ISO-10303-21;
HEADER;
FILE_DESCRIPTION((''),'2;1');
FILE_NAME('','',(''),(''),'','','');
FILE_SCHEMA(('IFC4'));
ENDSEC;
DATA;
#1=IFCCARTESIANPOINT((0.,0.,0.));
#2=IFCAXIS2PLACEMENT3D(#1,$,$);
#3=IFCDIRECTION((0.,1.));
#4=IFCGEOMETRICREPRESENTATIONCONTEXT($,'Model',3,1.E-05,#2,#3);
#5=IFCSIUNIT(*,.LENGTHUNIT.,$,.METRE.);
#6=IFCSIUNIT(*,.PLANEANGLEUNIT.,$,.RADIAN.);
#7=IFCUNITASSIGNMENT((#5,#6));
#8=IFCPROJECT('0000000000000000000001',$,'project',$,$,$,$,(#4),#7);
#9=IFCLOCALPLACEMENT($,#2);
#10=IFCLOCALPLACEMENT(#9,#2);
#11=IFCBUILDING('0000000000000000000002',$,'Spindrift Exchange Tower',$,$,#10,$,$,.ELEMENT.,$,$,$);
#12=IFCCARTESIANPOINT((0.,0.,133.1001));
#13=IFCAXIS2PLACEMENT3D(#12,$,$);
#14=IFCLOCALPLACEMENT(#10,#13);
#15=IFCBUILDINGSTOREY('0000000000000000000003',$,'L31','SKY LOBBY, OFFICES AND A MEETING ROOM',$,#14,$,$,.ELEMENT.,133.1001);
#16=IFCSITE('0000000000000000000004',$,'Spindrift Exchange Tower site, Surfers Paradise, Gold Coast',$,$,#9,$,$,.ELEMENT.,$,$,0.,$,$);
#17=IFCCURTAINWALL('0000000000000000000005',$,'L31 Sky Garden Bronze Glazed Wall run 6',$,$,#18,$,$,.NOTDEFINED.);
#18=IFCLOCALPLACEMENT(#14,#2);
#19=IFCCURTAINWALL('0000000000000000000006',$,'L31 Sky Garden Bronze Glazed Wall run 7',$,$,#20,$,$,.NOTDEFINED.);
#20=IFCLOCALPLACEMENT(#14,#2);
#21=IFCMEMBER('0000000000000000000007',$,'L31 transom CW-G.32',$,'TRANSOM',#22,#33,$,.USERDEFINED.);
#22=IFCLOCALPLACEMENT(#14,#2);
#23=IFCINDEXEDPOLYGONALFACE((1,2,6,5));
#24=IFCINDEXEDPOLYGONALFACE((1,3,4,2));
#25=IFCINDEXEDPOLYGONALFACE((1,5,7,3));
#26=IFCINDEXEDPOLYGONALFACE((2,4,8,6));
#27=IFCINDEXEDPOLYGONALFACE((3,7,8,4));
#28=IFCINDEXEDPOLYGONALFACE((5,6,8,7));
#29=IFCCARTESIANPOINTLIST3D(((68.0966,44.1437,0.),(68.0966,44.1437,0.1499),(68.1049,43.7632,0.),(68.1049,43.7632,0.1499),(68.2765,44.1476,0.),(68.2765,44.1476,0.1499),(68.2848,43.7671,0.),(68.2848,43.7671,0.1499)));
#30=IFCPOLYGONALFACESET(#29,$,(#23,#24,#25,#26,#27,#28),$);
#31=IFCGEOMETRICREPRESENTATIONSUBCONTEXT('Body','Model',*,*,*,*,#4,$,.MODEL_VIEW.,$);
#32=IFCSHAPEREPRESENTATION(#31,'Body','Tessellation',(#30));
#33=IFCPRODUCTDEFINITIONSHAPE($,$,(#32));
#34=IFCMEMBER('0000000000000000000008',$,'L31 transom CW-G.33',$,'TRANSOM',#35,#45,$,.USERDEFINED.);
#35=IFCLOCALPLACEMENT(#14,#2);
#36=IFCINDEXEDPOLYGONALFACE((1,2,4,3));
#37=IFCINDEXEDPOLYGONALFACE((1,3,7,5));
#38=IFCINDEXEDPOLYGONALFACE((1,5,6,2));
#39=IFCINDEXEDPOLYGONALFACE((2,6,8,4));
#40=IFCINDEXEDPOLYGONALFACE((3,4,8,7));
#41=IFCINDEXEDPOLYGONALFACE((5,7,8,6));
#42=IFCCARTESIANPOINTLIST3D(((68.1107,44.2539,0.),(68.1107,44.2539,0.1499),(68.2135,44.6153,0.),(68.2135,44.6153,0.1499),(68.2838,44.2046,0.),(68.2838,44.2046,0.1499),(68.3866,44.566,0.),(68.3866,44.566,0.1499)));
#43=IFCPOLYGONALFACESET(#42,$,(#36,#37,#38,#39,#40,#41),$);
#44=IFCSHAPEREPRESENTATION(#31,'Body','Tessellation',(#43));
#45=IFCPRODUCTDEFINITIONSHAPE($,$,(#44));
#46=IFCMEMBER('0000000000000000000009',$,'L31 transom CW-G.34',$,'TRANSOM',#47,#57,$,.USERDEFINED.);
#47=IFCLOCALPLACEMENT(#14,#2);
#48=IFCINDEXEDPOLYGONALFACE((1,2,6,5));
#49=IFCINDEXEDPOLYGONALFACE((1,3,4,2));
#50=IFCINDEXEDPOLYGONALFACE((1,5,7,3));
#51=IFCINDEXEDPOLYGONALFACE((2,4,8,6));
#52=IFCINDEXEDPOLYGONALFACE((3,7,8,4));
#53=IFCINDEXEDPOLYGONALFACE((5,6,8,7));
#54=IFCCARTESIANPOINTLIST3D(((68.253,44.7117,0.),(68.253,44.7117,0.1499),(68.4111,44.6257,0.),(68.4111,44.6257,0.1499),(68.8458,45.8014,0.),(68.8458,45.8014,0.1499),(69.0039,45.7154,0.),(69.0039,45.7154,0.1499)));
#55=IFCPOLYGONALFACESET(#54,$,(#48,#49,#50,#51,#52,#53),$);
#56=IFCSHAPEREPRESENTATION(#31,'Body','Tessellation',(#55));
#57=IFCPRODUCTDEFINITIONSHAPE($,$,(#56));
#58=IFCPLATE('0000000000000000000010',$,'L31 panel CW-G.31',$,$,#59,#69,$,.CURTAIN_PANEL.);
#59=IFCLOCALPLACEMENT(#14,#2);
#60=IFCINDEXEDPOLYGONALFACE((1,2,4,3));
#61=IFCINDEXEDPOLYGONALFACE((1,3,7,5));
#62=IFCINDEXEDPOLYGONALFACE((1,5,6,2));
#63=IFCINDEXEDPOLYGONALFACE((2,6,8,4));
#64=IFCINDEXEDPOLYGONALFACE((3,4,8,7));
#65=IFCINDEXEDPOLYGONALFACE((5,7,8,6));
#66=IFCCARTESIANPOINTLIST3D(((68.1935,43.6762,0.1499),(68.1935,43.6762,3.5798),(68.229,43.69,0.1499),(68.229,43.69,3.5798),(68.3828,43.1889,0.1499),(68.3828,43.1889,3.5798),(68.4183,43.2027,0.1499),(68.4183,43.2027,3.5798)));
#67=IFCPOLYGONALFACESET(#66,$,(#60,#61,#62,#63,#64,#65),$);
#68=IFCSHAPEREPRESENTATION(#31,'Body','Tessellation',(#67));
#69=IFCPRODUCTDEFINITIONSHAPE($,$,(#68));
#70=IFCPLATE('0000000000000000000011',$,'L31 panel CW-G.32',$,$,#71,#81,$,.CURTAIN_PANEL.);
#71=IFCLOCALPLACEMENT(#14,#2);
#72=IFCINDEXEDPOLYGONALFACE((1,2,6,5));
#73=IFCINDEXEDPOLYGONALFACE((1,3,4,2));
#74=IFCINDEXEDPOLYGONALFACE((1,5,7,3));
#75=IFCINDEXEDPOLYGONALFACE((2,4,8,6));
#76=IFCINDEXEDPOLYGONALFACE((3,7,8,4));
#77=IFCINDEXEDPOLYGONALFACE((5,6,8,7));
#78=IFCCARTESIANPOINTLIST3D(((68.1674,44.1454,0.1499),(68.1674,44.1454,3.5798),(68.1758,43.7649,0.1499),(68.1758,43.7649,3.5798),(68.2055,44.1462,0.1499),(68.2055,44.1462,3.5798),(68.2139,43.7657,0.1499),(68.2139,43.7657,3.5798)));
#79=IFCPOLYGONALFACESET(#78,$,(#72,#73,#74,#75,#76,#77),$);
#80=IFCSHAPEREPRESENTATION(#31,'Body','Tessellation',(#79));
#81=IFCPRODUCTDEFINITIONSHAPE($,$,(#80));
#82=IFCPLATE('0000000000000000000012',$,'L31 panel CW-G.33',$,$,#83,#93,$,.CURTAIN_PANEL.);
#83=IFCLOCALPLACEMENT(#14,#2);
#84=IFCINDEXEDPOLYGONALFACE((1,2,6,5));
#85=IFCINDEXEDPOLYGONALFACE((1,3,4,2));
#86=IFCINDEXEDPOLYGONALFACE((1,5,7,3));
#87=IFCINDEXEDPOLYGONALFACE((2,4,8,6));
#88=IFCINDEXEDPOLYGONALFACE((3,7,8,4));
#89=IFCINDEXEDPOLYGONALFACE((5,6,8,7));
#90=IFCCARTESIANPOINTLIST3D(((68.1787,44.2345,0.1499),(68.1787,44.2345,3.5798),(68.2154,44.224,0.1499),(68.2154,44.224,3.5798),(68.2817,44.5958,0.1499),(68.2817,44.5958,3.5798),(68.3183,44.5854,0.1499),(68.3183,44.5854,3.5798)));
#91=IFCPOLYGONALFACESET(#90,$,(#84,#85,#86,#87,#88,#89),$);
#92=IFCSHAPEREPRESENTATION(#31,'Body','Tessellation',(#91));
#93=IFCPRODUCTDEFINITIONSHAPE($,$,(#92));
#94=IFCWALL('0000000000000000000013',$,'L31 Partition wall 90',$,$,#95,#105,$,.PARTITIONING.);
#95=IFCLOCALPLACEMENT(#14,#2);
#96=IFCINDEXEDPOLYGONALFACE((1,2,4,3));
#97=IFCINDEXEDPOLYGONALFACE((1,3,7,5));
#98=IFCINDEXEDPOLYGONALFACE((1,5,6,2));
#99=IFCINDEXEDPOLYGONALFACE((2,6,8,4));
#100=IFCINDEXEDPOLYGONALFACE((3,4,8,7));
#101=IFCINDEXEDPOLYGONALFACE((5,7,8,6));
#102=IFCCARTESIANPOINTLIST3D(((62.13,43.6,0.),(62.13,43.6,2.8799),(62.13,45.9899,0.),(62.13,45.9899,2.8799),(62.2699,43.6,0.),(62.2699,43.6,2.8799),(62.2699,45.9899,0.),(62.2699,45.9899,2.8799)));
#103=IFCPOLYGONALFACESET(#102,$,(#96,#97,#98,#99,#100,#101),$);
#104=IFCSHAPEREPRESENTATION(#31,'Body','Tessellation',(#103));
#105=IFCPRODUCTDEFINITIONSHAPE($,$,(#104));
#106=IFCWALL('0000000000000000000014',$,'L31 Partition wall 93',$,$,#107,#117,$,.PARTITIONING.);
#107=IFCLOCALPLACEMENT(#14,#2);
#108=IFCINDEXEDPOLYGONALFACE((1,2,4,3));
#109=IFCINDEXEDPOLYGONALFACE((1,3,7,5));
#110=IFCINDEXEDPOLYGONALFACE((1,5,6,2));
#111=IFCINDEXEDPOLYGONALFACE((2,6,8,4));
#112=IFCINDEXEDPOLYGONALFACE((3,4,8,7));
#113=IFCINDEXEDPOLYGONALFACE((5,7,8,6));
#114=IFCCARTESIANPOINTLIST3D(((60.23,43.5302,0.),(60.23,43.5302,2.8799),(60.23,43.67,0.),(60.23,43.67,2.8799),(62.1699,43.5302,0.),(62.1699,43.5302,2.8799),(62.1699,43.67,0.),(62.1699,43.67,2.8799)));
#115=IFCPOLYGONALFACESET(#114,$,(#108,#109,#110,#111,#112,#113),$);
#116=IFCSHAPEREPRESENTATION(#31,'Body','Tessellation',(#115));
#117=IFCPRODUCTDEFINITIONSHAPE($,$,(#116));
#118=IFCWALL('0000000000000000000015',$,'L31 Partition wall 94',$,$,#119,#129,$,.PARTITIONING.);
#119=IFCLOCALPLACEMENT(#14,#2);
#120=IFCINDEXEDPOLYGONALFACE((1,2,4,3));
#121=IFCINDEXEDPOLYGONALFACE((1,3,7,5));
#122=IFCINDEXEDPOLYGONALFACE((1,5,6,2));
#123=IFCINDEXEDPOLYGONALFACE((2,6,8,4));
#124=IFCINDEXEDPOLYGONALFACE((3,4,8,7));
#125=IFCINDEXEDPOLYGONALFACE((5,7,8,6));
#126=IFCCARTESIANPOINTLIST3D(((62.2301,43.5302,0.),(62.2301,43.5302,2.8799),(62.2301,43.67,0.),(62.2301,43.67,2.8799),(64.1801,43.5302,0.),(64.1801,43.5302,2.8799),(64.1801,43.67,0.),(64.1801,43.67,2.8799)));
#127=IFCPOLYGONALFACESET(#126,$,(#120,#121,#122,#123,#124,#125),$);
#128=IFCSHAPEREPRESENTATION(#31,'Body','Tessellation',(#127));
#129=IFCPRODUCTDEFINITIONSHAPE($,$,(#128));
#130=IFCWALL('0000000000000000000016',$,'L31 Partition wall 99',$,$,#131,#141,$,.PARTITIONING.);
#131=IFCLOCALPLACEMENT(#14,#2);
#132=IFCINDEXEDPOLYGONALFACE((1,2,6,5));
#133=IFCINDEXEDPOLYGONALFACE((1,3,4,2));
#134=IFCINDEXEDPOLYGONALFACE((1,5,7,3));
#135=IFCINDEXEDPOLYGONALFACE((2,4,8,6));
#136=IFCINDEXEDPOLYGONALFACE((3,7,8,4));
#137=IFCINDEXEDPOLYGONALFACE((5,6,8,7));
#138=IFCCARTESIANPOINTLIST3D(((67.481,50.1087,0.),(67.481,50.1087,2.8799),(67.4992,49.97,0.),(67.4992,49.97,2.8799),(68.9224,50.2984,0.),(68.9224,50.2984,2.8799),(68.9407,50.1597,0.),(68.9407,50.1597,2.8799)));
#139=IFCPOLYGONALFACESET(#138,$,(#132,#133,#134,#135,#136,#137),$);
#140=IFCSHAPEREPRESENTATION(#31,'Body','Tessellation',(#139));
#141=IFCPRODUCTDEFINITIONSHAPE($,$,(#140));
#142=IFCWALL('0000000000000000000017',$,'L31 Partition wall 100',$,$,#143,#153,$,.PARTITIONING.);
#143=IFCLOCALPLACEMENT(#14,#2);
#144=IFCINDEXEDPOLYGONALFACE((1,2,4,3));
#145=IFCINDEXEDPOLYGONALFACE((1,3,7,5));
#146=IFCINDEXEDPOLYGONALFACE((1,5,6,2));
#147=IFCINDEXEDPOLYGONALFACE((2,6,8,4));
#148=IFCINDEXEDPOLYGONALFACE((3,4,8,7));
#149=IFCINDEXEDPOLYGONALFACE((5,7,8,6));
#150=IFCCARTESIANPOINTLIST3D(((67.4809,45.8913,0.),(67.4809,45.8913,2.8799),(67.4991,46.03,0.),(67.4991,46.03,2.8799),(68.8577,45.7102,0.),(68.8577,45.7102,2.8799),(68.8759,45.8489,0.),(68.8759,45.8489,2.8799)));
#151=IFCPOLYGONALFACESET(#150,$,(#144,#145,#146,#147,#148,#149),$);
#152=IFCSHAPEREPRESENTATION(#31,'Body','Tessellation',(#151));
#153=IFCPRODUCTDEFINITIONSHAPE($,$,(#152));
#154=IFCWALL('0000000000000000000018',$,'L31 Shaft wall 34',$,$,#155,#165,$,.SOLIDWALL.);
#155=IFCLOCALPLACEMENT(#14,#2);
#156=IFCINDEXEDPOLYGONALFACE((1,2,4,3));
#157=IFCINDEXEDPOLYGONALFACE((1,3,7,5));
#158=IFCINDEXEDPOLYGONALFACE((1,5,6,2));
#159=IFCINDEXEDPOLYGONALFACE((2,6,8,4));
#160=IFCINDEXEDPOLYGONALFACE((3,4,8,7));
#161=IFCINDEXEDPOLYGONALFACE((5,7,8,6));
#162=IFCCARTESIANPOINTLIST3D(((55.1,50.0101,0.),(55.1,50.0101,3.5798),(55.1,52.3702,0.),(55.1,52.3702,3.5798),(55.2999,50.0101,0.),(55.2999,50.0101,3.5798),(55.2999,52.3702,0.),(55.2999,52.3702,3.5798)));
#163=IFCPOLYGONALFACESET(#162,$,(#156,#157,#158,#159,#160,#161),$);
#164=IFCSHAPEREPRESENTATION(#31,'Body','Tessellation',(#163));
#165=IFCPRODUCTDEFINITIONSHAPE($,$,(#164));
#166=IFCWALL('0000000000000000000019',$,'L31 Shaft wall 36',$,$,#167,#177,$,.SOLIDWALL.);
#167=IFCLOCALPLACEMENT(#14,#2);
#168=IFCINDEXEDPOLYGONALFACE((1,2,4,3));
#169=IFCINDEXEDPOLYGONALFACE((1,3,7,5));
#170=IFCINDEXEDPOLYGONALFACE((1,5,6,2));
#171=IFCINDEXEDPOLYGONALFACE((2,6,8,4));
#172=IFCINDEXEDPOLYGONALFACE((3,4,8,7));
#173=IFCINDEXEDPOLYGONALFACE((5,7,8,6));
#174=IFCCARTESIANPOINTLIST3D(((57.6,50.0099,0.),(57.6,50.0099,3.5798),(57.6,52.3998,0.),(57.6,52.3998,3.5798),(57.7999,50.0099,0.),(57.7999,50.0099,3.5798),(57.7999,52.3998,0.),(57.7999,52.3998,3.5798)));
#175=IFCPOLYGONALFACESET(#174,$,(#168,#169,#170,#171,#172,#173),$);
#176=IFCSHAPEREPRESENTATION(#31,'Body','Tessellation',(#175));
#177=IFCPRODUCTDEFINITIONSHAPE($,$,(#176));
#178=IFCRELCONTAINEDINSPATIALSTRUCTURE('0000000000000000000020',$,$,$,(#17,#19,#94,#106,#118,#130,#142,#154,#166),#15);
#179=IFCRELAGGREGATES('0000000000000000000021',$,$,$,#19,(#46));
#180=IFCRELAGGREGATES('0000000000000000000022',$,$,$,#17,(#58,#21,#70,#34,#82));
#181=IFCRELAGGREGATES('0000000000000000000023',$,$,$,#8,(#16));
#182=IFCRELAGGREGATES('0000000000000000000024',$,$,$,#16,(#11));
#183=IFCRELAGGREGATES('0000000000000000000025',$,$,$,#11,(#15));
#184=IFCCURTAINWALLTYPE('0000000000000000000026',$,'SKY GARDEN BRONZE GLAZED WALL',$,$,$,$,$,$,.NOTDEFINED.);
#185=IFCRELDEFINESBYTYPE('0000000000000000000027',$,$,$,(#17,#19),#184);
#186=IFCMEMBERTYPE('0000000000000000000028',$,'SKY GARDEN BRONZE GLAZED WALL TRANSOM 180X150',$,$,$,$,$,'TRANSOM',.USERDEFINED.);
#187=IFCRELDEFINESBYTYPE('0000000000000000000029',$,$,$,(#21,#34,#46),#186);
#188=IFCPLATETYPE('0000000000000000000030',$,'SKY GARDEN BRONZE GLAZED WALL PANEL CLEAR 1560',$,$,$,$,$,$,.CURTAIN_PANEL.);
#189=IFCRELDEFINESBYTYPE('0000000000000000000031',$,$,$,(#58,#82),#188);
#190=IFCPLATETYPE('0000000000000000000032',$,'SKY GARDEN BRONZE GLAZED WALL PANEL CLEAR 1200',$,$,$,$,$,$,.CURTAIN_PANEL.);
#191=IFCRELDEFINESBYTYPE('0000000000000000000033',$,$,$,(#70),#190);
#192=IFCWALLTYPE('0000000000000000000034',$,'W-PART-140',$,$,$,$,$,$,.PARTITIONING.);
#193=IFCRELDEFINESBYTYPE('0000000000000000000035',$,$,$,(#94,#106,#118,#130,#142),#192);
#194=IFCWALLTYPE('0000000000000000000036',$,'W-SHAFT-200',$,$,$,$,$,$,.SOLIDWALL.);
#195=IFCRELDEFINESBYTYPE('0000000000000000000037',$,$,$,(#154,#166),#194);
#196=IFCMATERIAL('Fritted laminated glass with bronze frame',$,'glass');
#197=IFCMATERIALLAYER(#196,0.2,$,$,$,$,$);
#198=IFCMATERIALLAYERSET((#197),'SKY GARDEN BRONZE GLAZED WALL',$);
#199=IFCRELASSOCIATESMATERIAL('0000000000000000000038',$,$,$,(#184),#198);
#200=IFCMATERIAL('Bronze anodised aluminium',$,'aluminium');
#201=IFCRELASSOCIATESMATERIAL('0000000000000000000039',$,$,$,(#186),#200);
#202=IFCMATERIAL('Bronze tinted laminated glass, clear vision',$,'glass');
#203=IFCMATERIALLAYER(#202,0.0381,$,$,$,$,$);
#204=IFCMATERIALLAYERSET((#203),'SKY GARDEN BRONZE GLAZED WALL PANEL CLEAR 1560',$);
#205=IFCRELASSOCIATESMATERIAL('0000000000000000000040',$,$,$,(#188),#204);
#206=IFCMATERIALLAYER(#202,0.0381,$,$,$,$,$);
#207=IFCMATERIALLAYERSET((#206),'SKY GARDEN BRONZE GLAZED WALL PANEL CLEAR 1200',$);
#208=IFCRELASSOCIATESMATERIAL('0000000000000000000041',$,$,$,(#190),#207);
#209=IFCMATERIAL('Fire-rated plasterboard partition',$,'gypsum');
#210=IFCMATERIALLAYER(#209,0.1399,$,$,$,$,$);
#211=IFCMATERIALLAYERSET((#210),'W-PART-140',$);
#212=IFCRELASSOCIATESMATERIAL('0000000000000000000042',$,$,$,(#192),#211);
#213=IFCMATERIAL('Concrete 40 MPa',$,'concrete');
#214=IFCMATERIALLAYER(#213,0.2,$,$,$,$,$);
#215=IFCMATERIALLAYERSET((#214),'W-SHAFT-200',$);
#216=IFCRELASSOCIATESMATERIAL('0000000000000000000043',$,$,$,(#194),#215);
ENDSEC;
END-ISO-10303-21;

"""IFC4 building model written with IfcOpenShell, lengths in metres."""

from ifc_helpers import new_model, si_unit, direction, frame, frame_2d, origin, origin_2d, place, context, subcontext, project, spatial, rectangle, extrude, source, transform, mapped, material, layer, layer_set, material_profile, profile_set, type_object, element, aggregate, save


model = new_model("IFC4")

# Units and contexts
model_context = context("Model", 3, precision=1e-05, world=origin(), true_north=direction((0.0, 1.0)))
body_context = subcontext(model_context, "Body", "Model", "MODEL_VIEW")
ifc_project = project(units=[si_unit("LENGTHUNIT", "METRE"), si_unit("PLANEANGLEUNIT", "RADIAN")], contexts=[model_context])

# Site, building, storey
site_placement = place(None, origin())
site = spatial("IfcSite", under=ifc_project, at=site_placement, Name="Spindrift Exchange Tower site, Surfers Paradise, Gold Coast", CompositionType="ELEMENT", RefElevation=0.0)
building_placement = place(site_placement, origin())
building = spatial("IfcBuilding", under=site, at=building_placement, Name="Spindrift Exchange Tower", CompositionType="ELEMENT")
storey_placement = place(building_placement, frame((0.0, 0.0, 133.1001)))
storey = spatial("IfcBuildingStorey", under=building, at=storey_placement, Name="L31", Description="SKY LOBBY, OFFICES AND A MEETING ROOM", CompositionType="ELEMENT", Elevation=133.1001)

# Curtain wall
ifc_material_1 = material(Name="Fritted laminated glass with bronze frame", Category="glass")
ifc_layer_1 = layer(ifc_material_1, 0.2)
ifc_layer_set_1 = layer_set([ifc_layer_1], Name="SKY GARDEN BRONZE GLAZED WALL")
curtain_wall_type = type_object("IfcCurtainWallType", Name="SKY GARDEN BRONZE GLAZED WALL", PredefinedType="NOTDEFINED", material=ifc_layer_set_1)
curtain_wall_1_placement = place(storey_placement, origin())
curtain_wall_1 = element("IfcCurtainWall", 1, at=curtain_wall_1_placement, inside=storey, type_object=curtain_wall_type, Name="L31 Sky Garden Bronze Glazed Wall run 6", PredefinedType="NOTDEFINED")
ifc_material_2 = material(Name="Bronze anodised aluminium", Category="aluminium")

# Curtain wall
curtain_wall_2_placement = place(storey_placement, origin())
curtain_wall_2 = element("IfcCurtainWall", 2, at=curtain_wall_2_placement, inside=storey, type_object=curtain_wall_type, Name="L31 Sky Garden Bronze Glazed Wall run 7", PredefinedType="NOTDEFINED")

# Members
ifc_material_profile_1 = material_profile(ifc_material_2, rectangle(XDim=0.1799, YDim=0.1499, at=origin_2d()), Name="SKY GARDEN BRONZE GLAZED WALL TRANSOM 180X150")
ifc_profile_set_1 = profile_set([ifc_material_profile_1], Name="Bronze anodised aluminium")
member_type_1 = type_object("IfcMemberType", Name="SKY GARDEN BRONZE GLAZED WALL TRANSOM 180X150", ElementType="TRANSOM", PredefinedType="USERDEFINED", material=ifc_profile_set_1)
shared_shape_1 = source(origin(), body_context, "Body", "SweptSolid", [
    extrude(rectangle(XDim=0.1799, YDim=0.1499, at=origin_2d()), origin(), (0.0, 0.0, 1.0), 0.3806),
])
member_1_placement = place(storey_placement, frame((68.1948, 43.7651, 0.075), z_axis=(-0.021804, 0.999762, 0.0), x_axis=(-0.999762, -0.021804, 0.0)))
member_1 = element("IfcMember", 3, at=member_1_placement, type_object=member_type_1, Name="L31 transom CW-G.32", ObjectType="TRANSOM", PredefinedType="USERDEFINED", context=body_context, shape_type="MappedRepresentation", body=[
    mapped(shared_shape_1, transform((0.0, 0.0, 0.0), scale=1.0)),
])
shared_shape_2 = source(origin(), body_context, "Body", "SweptSolid", [
    extrude(rectangle(XDim=0.1799, YDim=0.1499, at=origin_2d()), origin(), (0.0, 0.0, 1.0), 0.3757),
])
member_2_placement = place(storey_placement, frame((68.1973, 44.2292, 0.075), z_axis=(0.273605, 0.961842, 0.0), x_axis=(-0.961842, 0.273605, 0.0)))
member_2 = element("IfcMember", 4, at=member_2_placement, type_object=member_type_1, Name="L31 transom CW-G.33", ObjectType="TRANSOM", PredefinedType="USERDEFINED", context=body_context, shape_type="MappedRepresentation", body=[
    mapped(shared_shape_2, transform((0.0, 0.0, 0.0), scale=1.0)),
])
shared_shape_3 = source(origin(), body_context, "Body", "SweptSolid", [
    extrude(rectangle(XDim=0.1799, YDim=0.1499, at=origin_2d()), origin(), (0.0, 0.0, 1.0), 1.2405),
])
member_3_placement = place(storey_placement, frame((68.332, 44.6687, 0.075), z_axis=(0.477887, 0.878422, 0.0), x_axis=(-0.878422, 0.477887, 0.0)))
member_3 = element("IfcMember", 5, at=member_3_placement, type_object=member_type_1, Name="L31 transom CW-G.34", ObjectType="TRANSOM", PredefinedType="USERDEFINED", context=body_context, shape_type="MappedRepresentation", body=[
    mapped(shared_shape_3, transform((0.0, 0.0, 0.0), scale=1.0)),
])
aggregate(curtain_wall_2, [member_3])

# Plates
ifc_material_3 = material(Name="Bronze tinted laminated glass, clear vision", Category="glass")
ifc_layer_2 = layer(ifc_material_3, 0.0381)
ifc_layer_set_2 = layer_set([ifc_layer_2], Name="SKY GARDEN BRONZE GLAZED WALL PANEL CLEAR 1560")
plate_type_1 = type_object("IfcPlateType", Name="SKY GARDEN BRONZE GLAZED WALL PANEL CLEAR 1560", PredefinedType="CURTAIN_PANEL", material=ifc_layer_set_2)
shared_shape_4 = source(origin(), body_context, "Body", "SweptSolid", [
    extrude(rectangle(XDim=0.5227, YDim=0.0381, at=origin_2d()), origin(), (0.0, 0.0, 1.0), 3.4299),
])
plate_1_placement = place(storey_placement, frame((68.3059, 43.4395, 0.1499), z_axis=(0.0, 0.0, 1.0), x_axis=(-0.36201, 0.932174, 0.0)))
plate_1 = element("IfcPlate", 6, at=plate_1_placement, type_object=plate_type_1, Name="L31 panel CW-G.31", PredefinedType="CURTAIN_PANEL", context=body_context, shape_type="MappedRepresentation", body=[
    mapped(shared_shape_4, transform((0.0, 0.0, 0.0), scale=1.0)),
])
ifc_layer_3 = layer(ifc_material_3, 0.0381)
ifc_layer_set_3 = layer_set([ifc_layer_3], Name="SKY GARDEN BRONZE GLAZED WALL PANEL CLEAR 1200")
plate_type_2 = type_object("IfcPlateType", Name="SKY GARDEN BRONZE GLAZED WALL PANEL CLEAR 1200", PredefinedType="CURTAIN_PANEL", material=ifc_layer_set_3)
shared_shape_5 = source(origin(), body_context, "Body", "SweptSolid", [
    extrude(rectangle(XDim=0.3806, YDim=0.0381, at=origin_2d()), origin(), (0.0, 0.0, 1.0), 3.4299),
])
plate_2_placement = place(storey_placement, frame((68.1907, 43.9556, 0.1499), z_axis=(0.0, 0.0, 1.0), x_axis=(-0.022117, 0.999755, 0.0)))
plate_2 = element("IfcPlate", 7, at=plate_2_placement, type_object=plate_type_2, Name="L31 panel CW-G.32", PredefinedType="CURTAIN_PANEL", context=body_context, shape_type="MappedRepresentation", body=[
    mapped(shared_shape_5, transform((0.0, 0.0, 0.0), scale=1.0)),
])
shared_shape_6 = source(origin(), body_context, "Body", "SweptSolid", [
    extrude(rectangle(XDim=0.3757, YDim=0.0381, at=origin_2d()), origin(), (0.0, 0.0, 1.0), 3.4299),
])
plate_3_placement = place(storey_placement, frame((68.2485, 44.4099, 0.1499), z_axis=(0.0, 0.0, 1.0), x_axis=(0.274119, 0.961696, 0.0)))
plate_3 = element("IfcPlate", 8, at=plate_3_placement, type_object=plate_type_1, Name="L31 panel CW-G.33", PredefinedType="CURTAIN_PANEL", context=body_context, shape_type="MappedRepresentation", body=[
    mapped(shared_shape_6, transform((0.0, 0.0, 0.0), scale=1.0)),
])
aggregate(curtain_wall_1, [plate_1, member_1, plate_2, member_2, plate_3])

# Walls
ifc_material_4 = material(Name="Fire-rated plasterboard partition", Category="gypsum")
ifc_layer_4 = layer(ifc_material_4, 0.1399)
ifc_layer_set_4 = layer_set([ifc_layer_4], Name="W-PART-140")
wall_type_1 = type_object("IfcWallType", Name="W-PART-140", PredefinedType="PARTITIONING", material=ifc_layer_set_4)
wall_1_placement = place(storey_placement, frame((62.2, 43.6001, 0.0), z_axis=(0.0, 0.0, 1.0), x_axis=(0.0, 1.0, 0.0)))
element("IfcWall", 9, at=wall_1_placement, inside=storey, type_object=wall_type_1, Name="L31 Partition wall 90", PredefinedType="PARTITIONING", context=body_context, shape_type="SweptSolid", body=[
    extrude(rectangle(XDim=2.3899, YDim=0.1399, at=frame_2d((1.1948, 0.0))), origin(), (0.0, 0.0, 1.0), 2.8799),
])
wall_2_placement = place(storey_placement, frame((60.23, 43.6001, 0.0), z_axis=(0.0, 0.0, 1.0), x_axis=(1.0, 0.0, 0.0)))
element("IfcWall", 10, at=wall_2_placement, inside=storey, type_object=wall_type_1, Name="L31 Partition wall 93", PredefinedType="PARTITIONING", context=body_context, shape_type="SweptSolid", body=[
    extrude(rectangle(XDim=1.9399, YDim=0.1399, at=frame_2d((0.97, 0.0))), origin(), (0.0, 0.0, 1.0), 2.8799),
])
wall_3_placement = place(storey_placement, frame((62.23, 43.6001, 0.0), z_axis=(0.0, 0.0, 1.0), x_axis=(1.0, 0.0, 0.0)))
element("IfcWall", 11, at=wall_3_placement, inside=storey, type_object=wall_type_1, Name="L31 Partition wall 94", PredefinedType="PARTITIONING", context=body_context, shape_type="SweptSolid", body=[
    extrude(rectangle(XDim=1.95, YDim=0.1399, at=frame_2d((0.9751, 0.0))), origin(), (0.0, 0.0, 1.0), 2.8799),
])
wall_4_placement = place(storey_placement, frame((67.49, 50.0393, 0.0), z_axis=(0.0, 0.0, 1.0), x_axis=(0.991451, 0.130481, 0.0)))
element("IfcWall", 12, at=wall_4_placement, inside=storey, type_object=wall_type_1, Name="L31 Partition wall 99", PredefinedType="PARTITIONING", context=body_context, shape_type="SweptSolid", body=[
    extrude(rectangle(XDim=1.4539, YDim=0.1399, at=frame_2d((0.7271, 0.0))), origin(), (0.0, 0.0, 1.0), 2.8799),
])
wall_5_placement = place(storey_placement, frame((67.49, 45.9607, 0.0), z_axis=(0.0, 0.0, 1.0), x_axis=(0.991454, -0.130459, 0.0)))
element("IfcWall", 13, at=wall_5_placement, inside=storey, type_object=wall_type_1, Name="L31 Partition wall 100", PredefinedType="PARTITIONING", context=body_context, shape_type="SweptSolid", body=[
    extrude(rectangle(XDim=1.3887, YDim=0.1399, at=frame_2d((0.6943, 0.0))), origin(), (0.0, 0.0, 1.0), 2.8799),
])
ifc_material_5 = material(Name="Concrete 40 MPa", Category="concrete")
ifc_layer_5 = layer(ifc_material_5, 0.2)
ifc_layer_set_5 = layer_set([ifc_layer_5], Name="W-SHAFT-200")
wall_type_2 = type_object("IfcWallType", Name="W-SHAFT-200", PredefinedType="SOLIDWALL", material=ifc_layer_set_5)
wall_6_placement = place(storey_placement, frame((55.2, 50.01, 0.0), z_axis=(0.0, 0.0, 1.0), x_axis=(0.0, 1.0, 0.0)))
element("IfcWall", 14, at=wall_6_placement, inside=storey, type_object=wall_type_2, Name="L31 Shaft wall 34", PredefinedType="SOLIDWALL", context=body_context, shape_type="SweptSolid", body=[
    extrude(rectangle(XDim=2.3601, YDim=0.2, at=frame_2d((1.1802, 0.0))), origin(), (0.0, 0.0, 1.0), 3.5798),
])
wall_7_placement = place(storey_placement, frame((57.7, 50.01, 0.0), z_axis=(0.0, 0.0, 1.0), x_axis=(0.0, 1.0, 0.0)))
element("IfcWall", 15, at=wall_7_placement, inside=storey, type_object=wall_type_2, Name="L31 Shaft wall 36", PredefinedType="SOLIDWALL", context=body_context, shape_type="SweptSolid", body=[
    extrude(rectangle(XDim=2.3899, YDim=0.2, at=frame_2d((1.1948, 0.0))), origin(), (0.0, 0.0, 1.0), 3.5798),
])

save(model, "model.ifc")
